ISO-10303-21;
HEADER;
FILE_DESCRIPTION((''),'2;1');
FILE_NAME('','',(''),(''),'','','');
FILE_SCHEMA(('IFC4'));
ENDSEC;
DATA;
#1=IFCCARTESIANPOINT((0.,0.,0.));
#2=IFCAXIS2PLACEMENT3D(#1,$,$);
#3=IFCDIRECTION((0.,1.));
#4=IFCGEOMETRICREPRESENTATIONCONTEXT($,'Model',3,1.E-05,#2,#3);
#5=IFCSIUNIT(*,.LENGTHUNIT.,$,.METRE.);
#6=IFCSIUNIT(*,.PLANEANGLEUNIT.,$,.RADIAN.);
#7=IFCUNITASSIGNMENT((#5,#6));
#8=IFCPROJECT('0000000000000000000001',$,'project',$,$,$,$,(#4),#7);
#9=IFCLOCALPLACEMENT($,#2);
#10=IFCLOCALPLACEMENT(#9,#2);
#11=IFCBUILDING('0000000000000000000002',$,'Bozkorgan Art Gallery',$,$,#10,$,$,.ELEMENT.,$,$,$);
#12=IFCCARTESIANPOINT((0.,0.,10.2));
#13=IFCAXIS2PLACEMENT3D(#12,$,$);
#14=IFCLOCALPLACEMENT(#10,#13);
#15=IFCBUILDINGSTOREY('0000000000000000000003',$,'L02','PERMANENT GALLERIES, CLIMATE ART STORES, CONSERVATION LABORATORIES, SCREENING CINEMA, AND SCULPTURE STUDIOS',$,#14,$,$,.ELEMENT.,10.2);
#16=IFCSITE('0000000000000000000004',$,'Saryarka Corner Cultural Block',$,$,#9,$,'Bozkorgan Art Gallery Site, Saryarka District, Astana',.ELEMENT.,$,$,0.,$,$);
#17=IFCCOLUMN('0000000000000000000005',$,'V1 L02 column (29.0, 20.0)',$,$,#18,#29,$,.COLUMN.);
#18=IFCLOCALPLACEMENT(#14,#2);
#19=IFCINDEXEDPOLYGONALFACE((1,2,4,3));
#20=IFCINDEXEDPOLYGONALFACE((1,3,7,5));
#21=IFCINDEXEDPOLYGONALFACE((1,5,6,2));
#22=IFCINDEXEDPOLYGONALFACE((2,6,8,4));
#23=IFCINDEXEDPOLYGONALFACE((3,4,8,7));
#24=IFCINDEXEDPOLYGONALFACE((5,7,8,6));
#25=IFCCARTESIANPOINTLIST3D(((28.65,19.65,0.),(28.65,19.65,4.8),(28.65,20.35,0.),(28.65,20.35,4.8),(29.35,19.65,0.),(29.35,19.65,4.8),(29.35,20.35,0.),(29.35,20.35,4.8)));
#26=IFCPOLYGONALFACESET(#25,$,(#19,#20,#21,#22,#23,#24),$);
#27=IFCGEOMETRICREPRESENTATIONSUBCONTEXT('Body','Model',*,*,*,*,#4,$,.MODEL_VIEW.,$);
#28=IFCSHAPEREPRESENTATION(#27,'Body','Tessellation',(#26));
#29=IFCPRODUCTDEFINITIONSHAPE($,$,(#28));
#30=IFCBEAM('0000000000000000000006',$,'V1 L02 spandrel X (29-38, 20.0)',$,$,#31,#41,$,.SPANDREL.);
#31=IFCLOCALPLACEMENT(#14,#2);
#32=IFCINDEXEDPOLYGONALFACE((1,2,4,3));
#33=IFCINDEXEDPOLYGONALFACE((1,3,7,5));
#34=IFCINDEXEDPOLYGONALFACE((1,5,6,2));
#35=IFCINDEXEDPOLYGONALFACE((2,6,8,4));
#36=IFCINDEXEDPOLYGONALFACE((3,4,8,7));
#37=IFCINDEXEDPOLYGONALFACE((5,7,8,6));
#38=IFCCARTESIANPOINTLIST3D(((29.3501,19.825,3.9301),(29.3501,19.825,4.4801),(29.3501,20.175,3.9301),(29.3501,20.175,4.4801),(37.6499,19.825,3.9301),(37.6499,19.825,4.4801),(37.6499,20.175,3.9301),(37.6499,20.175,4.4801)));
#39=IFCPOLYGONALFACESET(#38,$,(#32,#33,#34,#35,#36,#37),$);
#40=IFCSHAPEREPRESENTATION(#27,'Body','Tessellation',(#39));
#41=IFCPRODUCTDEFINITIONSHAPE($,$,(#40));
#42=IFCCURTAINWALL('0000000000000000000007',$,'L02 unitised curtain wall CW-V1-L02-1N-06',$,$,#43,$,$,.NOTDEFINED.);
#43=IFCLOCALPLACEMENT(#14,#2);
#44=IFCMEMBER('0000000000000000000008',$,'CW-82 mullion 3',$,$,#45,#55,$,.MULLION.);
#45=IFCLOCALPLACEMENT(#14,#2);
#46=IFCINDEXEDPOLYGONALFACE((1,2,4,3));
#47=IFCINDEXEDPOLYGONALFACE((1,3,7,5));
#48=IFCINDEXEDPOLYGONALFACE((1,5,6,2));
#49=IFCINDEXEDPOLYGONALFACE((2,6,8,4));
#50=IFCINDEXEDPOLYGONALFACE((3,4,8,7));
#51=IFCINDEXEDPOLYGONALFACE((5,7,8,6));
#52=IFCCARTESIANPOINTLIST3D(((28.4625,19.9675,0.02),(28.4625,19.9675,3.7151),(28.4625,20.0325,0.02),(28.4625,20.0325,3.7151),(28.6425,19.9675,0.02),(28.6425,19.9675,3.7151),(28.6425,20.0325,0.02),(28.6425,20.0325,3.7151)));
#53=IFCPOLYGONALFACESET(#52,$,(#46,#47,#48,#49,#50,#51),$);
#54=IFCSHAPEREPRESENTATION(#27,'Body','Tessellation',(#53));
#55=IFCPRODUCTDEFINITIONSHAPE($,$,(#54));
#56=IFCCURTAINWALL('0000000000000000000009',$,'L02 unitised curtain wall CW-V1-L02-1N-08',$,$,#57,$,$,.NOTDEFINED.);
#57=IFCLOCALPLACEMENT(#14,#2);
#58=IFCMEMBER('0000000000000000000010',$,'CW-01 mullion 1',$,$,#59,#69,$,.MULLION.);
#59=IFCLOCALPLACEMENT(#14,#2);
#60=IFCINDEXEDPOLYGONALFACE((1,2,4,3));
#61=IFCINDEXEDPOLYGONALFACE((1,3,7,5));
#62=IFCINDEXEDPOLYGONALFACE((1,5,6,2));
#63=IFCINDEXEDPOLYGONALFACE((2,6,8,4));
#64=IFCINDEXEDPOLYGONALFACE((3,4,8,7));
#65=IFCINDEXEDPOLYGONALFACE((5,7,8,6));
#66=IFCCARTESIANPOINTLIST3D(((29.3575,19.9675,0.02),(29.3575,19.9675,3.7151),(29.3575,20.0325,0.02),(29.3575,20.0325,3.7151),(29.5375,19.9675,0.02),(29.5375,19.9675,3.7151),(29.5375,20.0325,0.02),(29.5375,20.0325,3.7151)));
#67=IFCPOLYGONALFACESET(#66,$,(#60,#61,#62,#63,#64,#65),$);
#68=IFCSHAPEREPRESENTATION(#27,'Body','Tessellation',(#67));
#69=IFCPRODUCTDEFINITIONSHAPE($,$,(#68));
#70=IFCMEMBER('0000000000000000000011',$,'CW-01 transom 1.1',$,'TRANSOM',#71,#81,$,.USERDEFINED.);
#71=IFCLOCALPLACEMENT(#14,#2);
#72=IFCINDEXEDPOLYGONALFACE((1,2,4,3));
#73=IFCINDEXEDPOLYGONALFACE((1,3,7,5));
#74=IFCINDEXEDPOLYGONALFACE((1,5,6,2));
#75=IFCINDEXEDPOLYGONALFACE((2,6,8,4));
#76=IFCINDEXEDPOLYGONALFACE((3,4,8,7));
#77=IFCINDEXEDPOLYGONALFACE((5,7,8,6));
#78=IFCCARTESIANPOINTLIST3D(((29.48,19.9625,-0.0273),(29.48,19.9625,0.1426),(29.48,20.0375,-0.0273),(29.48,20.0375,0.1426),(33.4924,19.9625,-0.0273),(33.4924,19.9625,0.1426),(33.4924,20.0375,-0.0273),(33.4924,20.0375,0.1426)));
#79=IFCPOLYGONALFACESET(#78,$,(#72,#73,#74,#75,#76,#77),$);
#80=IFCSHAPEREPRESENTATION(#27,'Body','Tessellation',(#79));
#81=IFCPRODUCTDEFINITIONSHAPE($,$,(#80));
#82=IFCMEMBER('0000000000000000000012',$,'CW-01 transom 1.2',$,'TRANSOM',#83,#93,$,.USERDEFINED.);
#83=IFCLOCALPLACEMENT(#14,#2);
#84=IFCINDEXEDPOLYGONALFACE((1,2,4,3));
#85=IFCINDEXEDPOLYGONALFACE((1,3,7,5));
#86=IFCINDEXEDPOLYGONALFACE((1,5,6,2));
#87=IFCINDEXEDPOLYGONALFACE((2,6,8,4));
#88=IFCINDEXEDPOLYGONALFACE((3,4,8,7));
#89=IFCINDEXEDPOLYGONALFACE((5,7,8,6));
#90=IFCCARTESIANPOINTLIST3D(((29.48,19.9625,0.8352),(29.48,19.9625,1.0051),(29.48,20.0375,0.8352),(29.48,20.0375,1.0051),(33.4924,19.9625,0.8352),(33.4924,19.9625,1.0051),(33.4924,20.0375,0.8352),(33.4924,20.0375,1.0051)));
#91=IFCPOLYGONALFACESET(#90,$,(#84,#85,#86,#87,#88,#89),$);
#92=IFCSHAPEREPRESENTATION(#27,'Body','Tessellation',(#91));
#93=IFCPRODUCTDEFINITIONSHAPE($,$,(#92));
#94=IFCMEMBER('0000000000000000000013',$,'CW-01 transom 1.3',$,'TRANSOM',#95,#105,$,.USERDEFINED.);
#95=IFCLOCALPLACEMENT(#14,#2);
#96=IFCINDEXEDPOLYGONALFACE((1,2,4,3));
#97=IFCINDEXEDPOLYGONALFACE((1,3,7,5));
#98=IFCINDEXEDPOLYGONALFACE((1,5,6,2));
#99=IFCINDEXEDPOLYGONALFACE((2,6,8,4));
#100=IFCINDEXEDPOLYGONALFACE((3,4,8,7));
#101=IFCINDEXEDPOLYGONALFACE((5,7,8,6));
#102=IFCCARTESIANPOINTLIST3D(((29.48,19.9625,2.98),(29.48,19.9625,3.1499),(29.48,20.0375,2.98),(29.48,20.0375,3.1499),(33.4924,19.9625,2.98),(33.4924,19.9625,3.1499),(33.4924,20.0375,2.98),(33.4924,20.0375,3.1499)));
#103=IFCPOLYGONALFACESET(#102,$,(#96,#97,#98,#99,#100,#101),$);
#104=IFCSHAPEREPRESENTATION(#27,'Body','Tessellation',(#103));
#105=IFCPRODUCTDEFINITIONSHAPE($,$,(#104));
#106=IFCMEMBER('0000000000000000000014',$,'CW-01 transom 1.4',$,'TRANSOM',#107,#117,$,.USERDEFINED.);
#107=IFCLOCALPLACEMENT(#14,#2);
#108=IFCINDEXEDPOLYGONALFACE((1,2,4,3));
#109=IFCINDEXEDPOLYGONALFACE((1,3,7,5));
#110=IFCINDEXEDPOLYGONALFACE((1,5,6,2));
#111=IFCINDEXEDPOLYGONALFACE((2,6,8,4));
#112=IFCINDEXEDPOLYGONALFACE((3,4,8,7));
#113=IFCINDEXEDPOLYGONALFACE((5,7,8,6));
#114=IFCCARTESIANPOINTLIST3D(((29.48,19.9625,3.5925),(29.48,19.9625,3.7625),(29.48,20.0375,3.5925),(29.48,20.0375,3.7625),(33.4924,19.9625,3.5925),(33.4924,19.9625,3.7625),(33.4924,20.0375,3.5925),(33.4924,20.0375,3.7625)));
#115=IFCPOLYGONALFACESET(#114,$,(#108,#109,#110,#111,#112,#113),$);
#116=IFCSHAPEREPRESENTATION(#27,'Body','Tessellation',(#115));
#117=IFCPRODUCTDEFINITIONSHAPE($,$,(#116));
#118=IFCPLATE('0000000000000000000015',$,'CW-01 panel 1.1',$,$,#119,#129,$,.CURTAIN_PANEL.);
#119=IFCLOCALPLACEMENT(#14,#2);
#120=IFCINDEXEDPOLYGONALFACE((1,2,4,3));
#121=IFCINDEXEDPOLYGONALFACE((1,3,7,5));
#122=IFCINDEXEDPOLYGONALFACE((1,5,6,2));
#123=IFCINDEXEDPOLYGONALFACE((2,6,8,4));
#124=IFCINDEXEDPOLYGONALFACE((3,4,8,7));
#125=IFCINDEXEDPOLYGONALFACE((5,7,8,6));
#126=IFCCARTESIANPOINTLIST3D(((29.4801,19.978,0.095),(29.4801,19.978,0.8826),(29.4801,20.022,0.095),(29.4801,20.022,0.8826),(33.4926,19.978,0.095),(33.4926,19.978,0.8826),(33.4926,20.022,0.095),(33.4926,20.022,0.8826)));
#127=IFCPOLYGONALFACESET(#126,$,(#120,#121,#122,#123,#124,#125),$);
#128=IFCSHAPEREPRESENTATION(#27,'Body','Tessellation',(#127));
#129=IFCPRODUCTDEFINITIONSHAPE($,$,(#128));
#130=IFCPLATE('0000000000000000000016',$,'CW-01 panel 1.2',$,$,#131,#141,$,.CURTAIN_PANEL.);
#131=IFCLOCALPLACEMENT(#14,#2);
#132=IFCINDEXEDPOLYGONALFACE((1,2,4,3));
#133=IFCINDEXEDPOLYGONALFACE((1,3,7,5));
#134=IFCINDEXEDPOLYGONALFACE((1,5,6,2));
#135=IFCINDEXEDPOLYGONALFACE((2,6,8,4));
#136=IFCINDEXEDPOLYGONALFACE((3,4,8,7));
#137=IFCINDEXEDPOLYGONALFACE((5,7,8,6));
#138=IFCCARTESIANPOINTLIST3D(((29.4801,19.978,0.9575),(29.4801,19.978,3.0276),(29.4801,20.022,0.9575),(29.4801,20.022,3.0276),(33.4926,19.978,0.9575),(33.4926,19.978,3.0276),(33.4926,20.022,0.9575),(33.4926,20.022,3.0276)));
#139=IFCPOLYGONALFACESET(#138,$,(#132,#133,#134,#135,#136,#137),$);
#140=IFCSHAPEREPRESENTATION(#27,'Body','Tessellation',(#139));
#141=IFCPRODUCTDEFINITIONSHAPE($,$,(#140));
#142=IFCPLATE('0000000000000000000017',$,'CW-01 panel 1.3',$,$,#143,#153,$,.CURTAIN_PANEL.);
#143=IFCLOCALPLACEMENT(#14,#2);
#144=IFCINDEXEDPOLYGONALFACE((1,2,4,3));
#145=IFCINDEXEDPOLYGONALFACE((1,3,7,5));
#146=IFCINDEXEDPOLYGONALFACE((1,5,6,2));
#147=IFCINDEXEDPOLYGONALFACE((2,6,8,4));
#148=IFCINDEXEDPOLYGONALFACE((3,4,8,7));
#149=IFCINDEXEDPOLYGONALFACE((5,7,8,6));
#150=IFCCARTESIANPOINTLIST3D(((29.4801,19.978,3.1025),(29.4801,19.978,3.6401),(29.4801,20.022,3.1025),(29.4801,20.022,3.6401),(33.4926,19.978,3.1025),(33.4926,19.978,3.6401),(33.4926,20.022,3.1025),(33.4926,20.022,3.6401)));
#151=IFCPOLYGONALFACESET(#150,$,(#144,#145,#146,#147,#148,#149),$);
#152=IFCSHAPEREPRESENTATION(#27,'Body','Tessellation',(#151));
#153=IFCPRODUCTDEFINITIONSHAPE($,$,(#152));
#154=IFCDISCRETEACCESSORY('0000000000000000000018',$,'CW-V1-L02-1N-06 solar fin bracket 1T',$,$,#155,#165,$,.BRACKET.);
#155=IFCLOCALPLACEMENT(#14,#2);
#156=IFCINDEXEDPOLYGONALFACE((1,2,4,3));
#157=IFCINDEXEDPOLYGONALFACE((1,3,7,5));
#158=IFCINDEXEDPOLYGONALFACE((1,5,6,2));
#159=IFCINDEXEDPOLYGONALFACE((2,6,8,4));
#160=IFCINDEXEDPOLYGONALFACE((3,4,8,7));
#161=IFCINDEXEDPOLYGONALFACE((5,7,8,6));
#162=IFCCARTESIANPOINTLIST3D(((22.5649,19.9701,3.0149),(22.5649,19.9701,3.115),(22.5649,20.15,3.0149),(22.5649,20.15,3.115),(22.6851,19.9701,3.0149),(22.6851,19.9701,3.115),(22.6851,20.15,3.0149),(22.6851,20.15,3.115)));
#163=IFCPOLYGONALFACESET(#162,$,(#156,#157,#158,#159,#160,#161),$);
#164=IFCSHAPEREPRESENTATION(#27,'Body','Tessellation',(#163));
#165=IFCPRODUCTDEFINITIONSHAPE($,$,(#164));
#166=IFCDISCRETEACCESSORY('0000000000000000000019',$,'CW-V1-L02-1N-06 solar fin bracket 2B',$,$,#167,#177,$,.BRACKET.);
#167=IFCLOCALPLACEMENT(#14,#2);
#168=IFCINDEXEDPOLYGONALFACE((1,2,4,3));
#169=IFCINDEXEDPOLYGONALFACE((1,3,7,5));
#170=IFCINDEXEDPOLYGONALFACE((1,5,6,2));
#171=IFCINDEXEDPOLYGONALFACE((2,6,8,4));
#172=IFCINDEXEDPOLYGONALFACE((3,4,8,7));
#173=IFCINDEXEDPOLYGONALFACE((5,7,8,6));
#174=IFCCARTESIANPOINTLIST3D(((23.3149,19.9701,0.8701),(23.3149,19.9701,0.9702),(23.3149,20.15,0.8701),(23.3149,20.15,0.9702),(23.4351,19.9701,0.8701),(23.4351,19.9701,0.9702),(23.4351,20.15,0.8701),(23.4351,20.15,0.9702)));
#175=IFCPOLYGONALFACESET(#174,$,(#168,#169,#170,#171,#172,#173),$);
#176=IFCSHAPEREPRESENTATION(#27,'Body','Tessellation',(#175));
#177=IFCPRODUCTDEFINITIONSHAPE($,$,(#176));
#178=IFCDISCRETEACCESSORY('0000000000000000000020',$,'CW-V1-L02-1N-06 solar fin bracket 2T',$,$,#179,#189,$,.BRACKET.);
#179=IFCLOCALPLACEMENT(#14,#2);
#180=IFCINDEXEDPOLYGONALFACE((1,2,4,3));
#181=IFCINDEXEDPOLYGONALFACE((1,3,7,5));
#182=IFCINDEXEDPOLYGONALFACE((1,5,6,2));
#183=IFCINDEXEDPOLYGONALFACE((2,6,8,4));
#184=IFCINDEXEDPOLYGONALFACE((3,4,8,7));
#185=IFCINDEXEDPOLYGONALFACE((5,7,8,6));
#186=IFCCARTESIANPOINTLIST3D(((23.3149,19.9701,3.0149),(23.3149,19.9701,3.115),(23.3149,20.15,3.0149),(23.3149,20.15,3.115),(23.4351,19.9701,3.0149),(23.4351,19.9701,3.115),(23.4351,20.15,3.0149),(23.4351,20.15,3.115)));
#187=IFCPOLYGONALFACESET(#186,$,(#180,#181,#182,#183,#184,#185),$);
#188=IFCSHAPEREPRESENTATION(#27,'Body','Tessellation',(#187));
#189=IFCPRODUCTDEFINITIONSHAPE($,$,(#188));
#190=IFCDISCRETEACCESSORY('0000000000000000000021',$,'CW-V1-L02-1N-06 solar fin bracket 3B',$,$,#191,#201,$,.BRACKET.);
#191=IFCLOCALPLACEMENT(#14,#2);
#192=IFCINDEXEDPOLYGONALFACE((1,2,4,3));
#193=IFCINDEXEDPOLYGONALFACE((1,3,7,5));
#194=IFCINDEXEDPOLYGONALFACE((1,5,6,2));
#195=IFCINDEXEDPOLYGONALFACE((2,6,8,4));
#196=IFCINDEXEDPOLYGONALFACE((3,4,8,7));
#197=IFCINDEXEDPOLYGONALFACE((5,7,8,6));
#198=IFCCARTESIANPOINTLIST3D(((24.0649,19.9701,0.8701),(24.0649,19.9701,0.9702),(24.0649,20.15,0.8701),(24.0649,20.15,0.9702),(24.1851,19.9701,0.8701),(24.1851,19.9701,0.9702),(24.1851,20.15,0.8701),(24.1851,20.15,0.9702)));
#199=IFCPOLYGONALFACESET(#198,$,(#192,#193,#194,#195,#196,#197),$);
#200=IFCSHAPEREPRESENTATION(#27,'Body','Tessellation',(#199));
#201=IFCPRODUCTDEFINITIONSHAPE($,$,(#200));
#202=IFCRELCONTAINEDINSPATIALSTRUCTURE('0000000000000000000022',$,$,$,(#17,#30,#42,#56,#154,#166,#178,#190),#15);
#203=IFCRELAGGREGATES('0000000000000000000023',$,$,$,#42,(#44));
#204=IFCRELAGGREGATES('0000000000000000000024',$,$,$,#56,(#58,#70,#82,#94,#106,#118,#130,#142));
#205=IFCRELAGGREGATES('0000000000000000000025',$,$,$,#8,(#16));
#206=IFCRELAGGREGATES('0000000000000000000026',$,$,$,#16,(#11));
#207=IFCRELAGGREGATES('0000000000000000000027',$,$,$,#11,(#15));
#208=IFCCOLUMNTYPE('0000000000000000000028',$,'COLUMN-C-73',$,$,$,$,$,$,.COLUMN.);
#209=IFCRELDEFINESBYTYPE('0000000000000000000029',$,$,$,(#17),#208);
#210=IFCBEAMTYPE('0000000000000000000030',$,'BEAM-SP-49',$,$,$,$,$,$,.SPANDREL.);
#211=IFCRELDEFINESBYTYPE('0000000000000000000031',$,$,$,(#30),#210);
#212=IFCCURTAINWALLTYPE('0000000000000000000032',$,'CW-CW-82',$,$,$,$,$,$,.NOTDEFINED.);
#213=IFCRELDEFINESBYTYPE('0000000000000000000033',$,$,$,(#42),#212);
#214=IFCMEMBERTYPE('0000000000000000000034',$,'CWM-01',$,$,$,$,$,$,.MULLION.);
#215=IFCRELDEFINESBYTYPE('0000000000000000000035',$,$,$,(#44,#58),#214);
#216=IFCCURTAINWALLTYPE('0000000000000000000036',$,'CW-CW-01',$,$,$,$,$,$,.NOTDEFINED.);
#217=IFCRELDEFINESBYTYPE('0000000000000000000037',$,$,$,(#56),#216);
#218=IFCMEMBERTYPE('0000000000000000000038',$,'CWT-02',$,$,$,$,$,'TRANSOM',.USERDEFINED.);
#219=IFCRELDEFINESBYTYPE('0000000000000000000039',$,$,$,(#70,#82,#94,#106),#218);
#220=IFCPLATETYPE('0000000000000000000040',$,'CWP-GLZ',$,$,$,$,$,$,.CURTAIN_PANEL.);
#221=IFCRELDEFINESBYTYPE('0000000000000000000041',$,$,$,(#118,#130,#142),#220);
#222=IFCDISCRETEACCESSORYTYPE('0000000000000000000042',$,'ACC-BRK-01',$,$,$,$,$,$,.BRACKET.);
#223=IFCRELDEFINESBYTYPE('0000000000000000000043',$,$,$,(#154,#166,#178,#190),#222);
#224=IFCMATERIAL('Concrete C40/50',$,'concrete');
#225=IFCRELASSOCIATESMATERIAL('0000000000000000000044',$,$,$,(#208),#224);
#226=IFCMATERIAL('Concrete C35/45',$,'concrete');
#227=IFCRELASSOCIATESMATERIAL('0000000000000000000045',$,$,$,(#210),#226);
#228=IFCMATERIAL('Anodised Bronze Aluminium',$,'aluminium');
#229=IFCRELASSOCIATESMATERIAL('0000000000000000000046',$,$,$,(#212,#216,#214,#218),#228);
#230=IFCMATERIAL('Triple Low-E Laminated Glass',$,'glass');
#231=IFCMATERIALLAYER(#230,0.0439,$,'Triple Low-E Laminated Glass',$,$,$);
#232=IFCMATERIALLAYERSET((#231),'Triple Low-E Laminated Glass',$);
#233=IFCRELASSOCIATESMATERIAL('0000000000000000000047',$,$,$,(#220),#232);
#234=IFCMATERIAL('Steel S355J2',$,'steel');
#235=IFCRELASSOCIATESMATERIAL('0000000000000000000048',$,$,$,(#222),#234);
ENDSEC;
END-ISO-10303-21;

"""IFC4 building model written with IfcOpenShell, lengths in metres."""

from ifc_helpers import new_model, si_unit, direction, frame, origin, origin_2d, place, context, subcontext, project, spatial, rectangle, extrude, material, layer, layer_set, material_profile, profile_set, type_object, element, aggregate, save


model = new_model("IFC4")

# Units and contexts
model_context = context("Model", 3, precision=1e-05, world=origin(), true_north=direction((0.0, 1.0)))
body_context = subcontext(model_context, "Body", "Model", "MODEL_VIEW")
ifc_project = project(units=[si_unit("LENGTHUNIT", "METRE"), si_unit("PLANEANGLEUNIT", "RADIAN")], contexts=[model_context])

# Site, building, storey
site_placement = place(None, origin())
site = spatial("IfcSite", under=ifc_project, at=site_placement, Name="Saryarka Corner Cultural Block", LongName="Bozkorgan Art Gallery Site, Saryarka District, Astana", CompositionType="ELEMENT", RefElevation=0.0)
building_placement = place(site_placement, origin())
building = spatial("IfcBuilding", under=site, at=building_placement, Name="Bozkorgan Art Gallery", CompositionType="ELEMENT")
storey_placement = place(building_placement, frame((0.0, 0.0, 10.2)))
storey = spatial("IfcBuildingStorey", under=building, at=storey_placement, Name="L02", Description="PERMANENT GALLERIES, CLIMATE ART STORES, CONSERVATION LABORATORIES, SCREENING CINEMA, AND SCULPTURE STUDIOS", CompositionType="ELEMENT", Elevation=10.2)

# Column
ifc_material_1 = material(Name="Concrete C40/50", Category="concrete")
ifc_material_profile_1 = material_profile(ifc_material_1, rectangle(XDim=0.7, YDim=0.7, at=origin_2d()), Name="RC 700x700")
ifc_profile_set_1 = profile_set([ifc_material_profile_1], Name="Concrete C40/50")
column_type = type_object("IfcColumnType", Name="COLUMN-C-73", PredefinedType="COLUMN", material=ifc_profile_set_1)
column_placement = place(storey_placement, frame((29.0, 20.0, 0.0), z_axis=(0.0, 0.0, 1.0), x_axis=(1.0, 0.0, 0.0)))
element("IfcColumn", 1, at=column_placement, inside=storey, type_object=column_type, Name="V1 L02 column (29.0, 20.0)", PredefinedType="COLUMN", context=body_context, shape_type="SweptSolid", body=[
    extrude(rectangle(XDim=0.7, YDim=0.7, at=origin_2d()), origin(), (0.0, 0.0, 1.0), 4.8),
])

# Beam
ifc_material_2 = material(Name="Concrete C35/45", Category="concrete")
ifc_material_profile_2 = material_profile(ifc_material_2, rectangle(XDim=0.3501, YDim=0.55, at=origin_2d()), Name="RC 350x550")
ifc_profile_set_2 = profile_set([ifc_material_profile_2], Name="Concrete C35/45")
beam_type = type_object("IfcBeamType", Name="BEAM-SP-49", PredefinedType="SPANDREL", material=ifc_profile_set_2)
beam_placement = place(storey_placement, frame((29.3501, 20.0, 4.2051), z_axis=(1.0, 0.0, 0.0), x_axis=(0.0, 1.0, 0.0)))
element("IfcBeam", 2, at=beam_placement, inside=storey, type_object=beam_type, Name="V1 L02 spandrel X (29-38, 20.0)", PredefinedType="SPANDREL", context=body_context, shape_type="SweptSolid", body=[
    extrude(rectangle(XDim=0.3501, YDim=0.55, at=origin_2d()), origin(), (0.0, 0.0, 1.0), 8.2998),
])

# Curtain wall, member
ifc_material_3 = material(Name="Anodised Bronze Aluminium", Category="aluminium")
curtain_wall_type_1 = type_object("IfcCurtainWallType", Name="CW-CW-82", PredefinedType="NOTDEFINED", material=ifc_material_3)
curtain_wall_1_placement = place(storey_placement, origin())
curtain_wall_1 = element("IfcCurtainWall", 3, at=curtain_wall_1_placement, inside=storey, type_object=curtain_wall_type_1, Name="L02 unitised curtain wall CW-V1-L02-1N-06", PredefinedType="NOTDEFINED")
ifc_material_profile_3 = material_profile(ifc_material_3, rectangle(XDim=0.0649, YDim=0.1799, at=origin_2d()), Name="ALU MULLION 65x180")
ifc_profile_set_3 = profile_set([ifc_material_profile_3], Name="Anodised Bronze Aluminium")
member_type_1 = type_object("IfcMemberType", Name="CWM-01", PredefinedType="MULLION", material=ifc_profile_set_3)
member_1_placement = place(storey_placement, frame((28.5525, 20.0, 0.02), z_axis=(0.0, 0.0, 1.0), x_axis=(0.0, 1.0, 0.0)))
member_1 = element("IfcMember", 4, at=member_1_placement, type_object=member_type_1, Name="CW-82 mullion 3", PredefinedType="MULLION", context=body_context, shape_type="SweptSolid", body=[
    extrude(rectangle(XDim=0.0649, YDim=0.1799, at=origin_2d()), origin(), (0.0, 0.0, 1.0), 3.6951),
])
aggregate(curtain_wall_1, [member_1])

# Curtain wall, members, plates
curtain_wall_type_2 = type_object("IfcCurtainWallType", Name="CW-CW-01", PredefinedType="NOTDEFINED", material=ifc_material_3)
curtain_wall_2_placement = place(storey_placement, origin())
curtain_wall_2 = element("IfcCurtainWall", 5, at=curtain_wall_2_placement, inside=storey, type_object=curtain_wall_type_2, Name="L02 unitised curtain wall CW-V1-L02-1N-08", PredefinedType="NOTDEFINED")
member_2_placement = place(storey_placement, frame((29.4475, 20.0, 0.02), z_axis=(0.0, 0.0, 1.0), x_axis=(0.0, 1.0, 0.0)))
member_2 = element("IfcMember", 6, at=member_2_placement, type_object=member_type_1, Name="CW-01 mullion 1", PredefinedType="MULLION", context=body_context, shape_type="SweptSolid", body=[
    extrude(rectangle(XDim=0.0649, YDim=0.1799, at=origin_2d()), origin(), (0.0, 0.0, 1.0), 3.6951),
])
ifc_material_profile_4 = material_profile(ifc_material_3, rectangle(XDim=0.075, YDim=0.1699, at=origin_2d()), Name="ALU TRANSOM 75x170")
ifc_profile_set_4 = profile_set([ifc_material_profile_4], Name="Anodised Bronze Aluminium")
member_type_2 = type_object("IfcMemberType", Name="CWT-02", ElementType="TRANSOM", PredefinedType="USERDEFINED", material=ifc_profile_set_4)
member_3_placement = place(storey_placement, frame((29.48, 20.0, 0.0576), z_axis=(1.0, 0.0, 0.0), x_axis=(0.0, 1.0, 0.0)))
member_3 = element("IfcMember", 7, at=member_3_placement, type_object=member_type_2, Name="CW-01 transom 1.1", ObjectType="TRANSOM", PredefinedType="USERDEFINED", context=body_context, shape_type="SweptSolid", body=[
    extrude(rectangle(XDim=0.075, YDim=0.1699, at=origin_2d()), origin(), (0.0, 0.0, 1.0), 4.0125),
])
member_4_placement = place(storey_placement, frame((29.48, 20.0, 0.9202), z_axis=(1.0, 0.0, 0.0), x_axis=(0.0, 1.0, 0.0)))
member_4 = element("IfcMember", 8, at=member_4_placement, type_object=member_type_2, Name="CW-01 transom 1.2", ObjectType="TRANSOM", PredefinedType="USERDEFINED", context=body_context, shape_type="SweptSolid", body=[
    extrude(rectangle(XDim=0.075, YDim=0.1699, at=origin_2d()), origin(), (0.0, 0.0, 1.0), 4.0125),
])
member_5_placement = place(storey_placement, frame((29.48, 20.0, 3.0649), z_axis=(1.0, 0.0, 0.0), x_axis=(0.0, 1.0, 0.0)))
member_5 = element("IfcMember", 9, at=member_5_placement, type_object=member_type_2, Name="CW-01 transom 1.3", ObjectType="TRANSOM", PredefinedType="USERDEFINED", context=body_context, shape_type="SweptSolid", body=[
    extrude(rectangle(XDim=0.075, YDim=0.1699, at=origin_2d()), origin(), (0.0, 0.0, 1.0), 4.0125),
])
member_6_placement = place(storey_placement, frame((29.48, 20.0, 3.6775), z_axis=(1.0, 0.0, 0.0), x_axis=(0.0, 1.0, 0.0)))
member_6 = element("IfcMember", 10, at=member_6_placement, type_object=member_type_2, Name="CW-01 transom 1.4", ObjectType="TRANSOM", PredefinedType="USERDEFINED", context=body_context, shape_type="SweptSolid", body=[
    extrude(rectangle(XDim=0.075, YDim=0.1699, at=origin_2d()), origin(), (0.0, 0.0, 1.0), 4.0125),
])
ifc_material_4 = material(Name="Triple Low-E Laminated Glass", Category="glass")
ifc_layer = layer(ifc_material_4, 0.0439, Name="Triple Low-E Laminated Glass")
ifc_layer_set = layer_set([ifc_layer], Name="Triple Low-E Laminated Glass")
plate_type = type_object("IfcPlateType", Name="CWP-GLZ", PredefinedType="CURTAIN_PANEL", material=ifc_layer_set)
plate_1_placement = place(storey_placement, frame((31.4863, 20.0, 0.095), z_axis=(0.0, 0.0, 1.0), x_axis=(1.0, 0.0, 0.0)))
plate_1 = element("IfcPlate", 11, at=plate_1_placement, type_object=plate_type, Name="CW-01 panel 1.1", PredefinedType="CURTAIN_PANEL", context=body_context, shape_type="SweptSolid", body=[
    extrude(rectangle(XDim=4.0125, YDim=0.0439, at=origin_2d()), origin(), (0.0, 0.0, 1.0), 0.7876),
])
plate_2_placement = place(storey_placement, frame((31.4863, 20.0, 0.9575), z_axis=(0.0, 0.0, 1.0), x_axis=(1.0, 0.0, 0.0)))
plate_2 = element("IfcPlate", 12, at=plate_2_placement, type_object=plate_type, Name="CW-01 panel 1.2", PredefinedType="CURTAIN_PANEL", context=body_context, shape_type="SweptSolid", body=[
    extrude(rectangle(XDim=4.0125, YDim=0.0439, at=origin_2d()), origin(), (0.0, 0.0, 1.0), 2.0701),
])
plate_3_placement = place(storey_placement, frame((31.4863, 20.0, 3.1025), z_axis=(0.0, 0.0, 1.0), x_axis=(1.0, 0.0, 0.0)))
plate_3 = element("IfcPlate", 13, at=plate_3_placement, type_object=plate_type, Name="CW-01 panel 1.3", PredefinedType="CURTAIN_PANEL", context=body_context, shape_type="SweptSolid", body=[
    extrude(rectangle(XDim=4.0125, YDim=0.0439, at=origin_2d()), origin(), (0.0, 0.0, 1.0), 0.5376),
])
aggregate(curtain_wall_2, [member_2, member_3, member_4, member_5, member_6, plate_1, plate_2, plate_3])

# Discrete accessories
ifc_material_5 = material(Name="Steel S355J2", Category="steel")
discrete_accessory_type = type_object("IfcDiscreteAccessoryType", Name="ACC-BRK-01", PredefinedType="BRACKET", material=ifc_material_5)
for number, where, z_axis, x_axis, name in (
    (14, (22.625, 20.0601, 3.0149), (0.0, 0.0, 1.0), (0.0, 1.0, 0.0), "CW-V1-L02-1N-06 solar fin bracket 1T"),
    (15, (23.375, 20.0601, 0.8701), (0.0, 0.0, 1.0), (0.0, 1.0, 0.0), "CW-V1-L02-1N-06 solar fin bracket 2B"),
    (16, (23.375, 20.0601, 3.0149), (0.0, 0.0, 1.0), (0.0, 1.0, 0.0), "CW-V1-L02-1N-06 solar fin bracket 2T"),
    (17, (24.125, 20.0601, 0.8701), (0.0, 0.0, 1.0), (0.0, 1.0, 0.0), "CW-V1-L02-1N-06 solar fin bracket 3B"),
):
    element("IfcDiscreteAccessory", number, at=place(storey_placement, frame(where, z_axis=z_axis, x_axis=x_axis)), inside=storey, type_object=discrete_accessory_type, Name=name, PredefinedType="BRACKET", context=body_context, shape_type="SweptSolid", body=[
        extrude(rectangle(XDim=0.1799, YDim=0.1201, at=origin_2d()), origin(), (0.0, 0.0, 1.0), 0.1001),
    ])

save(model, "model.ifc")
